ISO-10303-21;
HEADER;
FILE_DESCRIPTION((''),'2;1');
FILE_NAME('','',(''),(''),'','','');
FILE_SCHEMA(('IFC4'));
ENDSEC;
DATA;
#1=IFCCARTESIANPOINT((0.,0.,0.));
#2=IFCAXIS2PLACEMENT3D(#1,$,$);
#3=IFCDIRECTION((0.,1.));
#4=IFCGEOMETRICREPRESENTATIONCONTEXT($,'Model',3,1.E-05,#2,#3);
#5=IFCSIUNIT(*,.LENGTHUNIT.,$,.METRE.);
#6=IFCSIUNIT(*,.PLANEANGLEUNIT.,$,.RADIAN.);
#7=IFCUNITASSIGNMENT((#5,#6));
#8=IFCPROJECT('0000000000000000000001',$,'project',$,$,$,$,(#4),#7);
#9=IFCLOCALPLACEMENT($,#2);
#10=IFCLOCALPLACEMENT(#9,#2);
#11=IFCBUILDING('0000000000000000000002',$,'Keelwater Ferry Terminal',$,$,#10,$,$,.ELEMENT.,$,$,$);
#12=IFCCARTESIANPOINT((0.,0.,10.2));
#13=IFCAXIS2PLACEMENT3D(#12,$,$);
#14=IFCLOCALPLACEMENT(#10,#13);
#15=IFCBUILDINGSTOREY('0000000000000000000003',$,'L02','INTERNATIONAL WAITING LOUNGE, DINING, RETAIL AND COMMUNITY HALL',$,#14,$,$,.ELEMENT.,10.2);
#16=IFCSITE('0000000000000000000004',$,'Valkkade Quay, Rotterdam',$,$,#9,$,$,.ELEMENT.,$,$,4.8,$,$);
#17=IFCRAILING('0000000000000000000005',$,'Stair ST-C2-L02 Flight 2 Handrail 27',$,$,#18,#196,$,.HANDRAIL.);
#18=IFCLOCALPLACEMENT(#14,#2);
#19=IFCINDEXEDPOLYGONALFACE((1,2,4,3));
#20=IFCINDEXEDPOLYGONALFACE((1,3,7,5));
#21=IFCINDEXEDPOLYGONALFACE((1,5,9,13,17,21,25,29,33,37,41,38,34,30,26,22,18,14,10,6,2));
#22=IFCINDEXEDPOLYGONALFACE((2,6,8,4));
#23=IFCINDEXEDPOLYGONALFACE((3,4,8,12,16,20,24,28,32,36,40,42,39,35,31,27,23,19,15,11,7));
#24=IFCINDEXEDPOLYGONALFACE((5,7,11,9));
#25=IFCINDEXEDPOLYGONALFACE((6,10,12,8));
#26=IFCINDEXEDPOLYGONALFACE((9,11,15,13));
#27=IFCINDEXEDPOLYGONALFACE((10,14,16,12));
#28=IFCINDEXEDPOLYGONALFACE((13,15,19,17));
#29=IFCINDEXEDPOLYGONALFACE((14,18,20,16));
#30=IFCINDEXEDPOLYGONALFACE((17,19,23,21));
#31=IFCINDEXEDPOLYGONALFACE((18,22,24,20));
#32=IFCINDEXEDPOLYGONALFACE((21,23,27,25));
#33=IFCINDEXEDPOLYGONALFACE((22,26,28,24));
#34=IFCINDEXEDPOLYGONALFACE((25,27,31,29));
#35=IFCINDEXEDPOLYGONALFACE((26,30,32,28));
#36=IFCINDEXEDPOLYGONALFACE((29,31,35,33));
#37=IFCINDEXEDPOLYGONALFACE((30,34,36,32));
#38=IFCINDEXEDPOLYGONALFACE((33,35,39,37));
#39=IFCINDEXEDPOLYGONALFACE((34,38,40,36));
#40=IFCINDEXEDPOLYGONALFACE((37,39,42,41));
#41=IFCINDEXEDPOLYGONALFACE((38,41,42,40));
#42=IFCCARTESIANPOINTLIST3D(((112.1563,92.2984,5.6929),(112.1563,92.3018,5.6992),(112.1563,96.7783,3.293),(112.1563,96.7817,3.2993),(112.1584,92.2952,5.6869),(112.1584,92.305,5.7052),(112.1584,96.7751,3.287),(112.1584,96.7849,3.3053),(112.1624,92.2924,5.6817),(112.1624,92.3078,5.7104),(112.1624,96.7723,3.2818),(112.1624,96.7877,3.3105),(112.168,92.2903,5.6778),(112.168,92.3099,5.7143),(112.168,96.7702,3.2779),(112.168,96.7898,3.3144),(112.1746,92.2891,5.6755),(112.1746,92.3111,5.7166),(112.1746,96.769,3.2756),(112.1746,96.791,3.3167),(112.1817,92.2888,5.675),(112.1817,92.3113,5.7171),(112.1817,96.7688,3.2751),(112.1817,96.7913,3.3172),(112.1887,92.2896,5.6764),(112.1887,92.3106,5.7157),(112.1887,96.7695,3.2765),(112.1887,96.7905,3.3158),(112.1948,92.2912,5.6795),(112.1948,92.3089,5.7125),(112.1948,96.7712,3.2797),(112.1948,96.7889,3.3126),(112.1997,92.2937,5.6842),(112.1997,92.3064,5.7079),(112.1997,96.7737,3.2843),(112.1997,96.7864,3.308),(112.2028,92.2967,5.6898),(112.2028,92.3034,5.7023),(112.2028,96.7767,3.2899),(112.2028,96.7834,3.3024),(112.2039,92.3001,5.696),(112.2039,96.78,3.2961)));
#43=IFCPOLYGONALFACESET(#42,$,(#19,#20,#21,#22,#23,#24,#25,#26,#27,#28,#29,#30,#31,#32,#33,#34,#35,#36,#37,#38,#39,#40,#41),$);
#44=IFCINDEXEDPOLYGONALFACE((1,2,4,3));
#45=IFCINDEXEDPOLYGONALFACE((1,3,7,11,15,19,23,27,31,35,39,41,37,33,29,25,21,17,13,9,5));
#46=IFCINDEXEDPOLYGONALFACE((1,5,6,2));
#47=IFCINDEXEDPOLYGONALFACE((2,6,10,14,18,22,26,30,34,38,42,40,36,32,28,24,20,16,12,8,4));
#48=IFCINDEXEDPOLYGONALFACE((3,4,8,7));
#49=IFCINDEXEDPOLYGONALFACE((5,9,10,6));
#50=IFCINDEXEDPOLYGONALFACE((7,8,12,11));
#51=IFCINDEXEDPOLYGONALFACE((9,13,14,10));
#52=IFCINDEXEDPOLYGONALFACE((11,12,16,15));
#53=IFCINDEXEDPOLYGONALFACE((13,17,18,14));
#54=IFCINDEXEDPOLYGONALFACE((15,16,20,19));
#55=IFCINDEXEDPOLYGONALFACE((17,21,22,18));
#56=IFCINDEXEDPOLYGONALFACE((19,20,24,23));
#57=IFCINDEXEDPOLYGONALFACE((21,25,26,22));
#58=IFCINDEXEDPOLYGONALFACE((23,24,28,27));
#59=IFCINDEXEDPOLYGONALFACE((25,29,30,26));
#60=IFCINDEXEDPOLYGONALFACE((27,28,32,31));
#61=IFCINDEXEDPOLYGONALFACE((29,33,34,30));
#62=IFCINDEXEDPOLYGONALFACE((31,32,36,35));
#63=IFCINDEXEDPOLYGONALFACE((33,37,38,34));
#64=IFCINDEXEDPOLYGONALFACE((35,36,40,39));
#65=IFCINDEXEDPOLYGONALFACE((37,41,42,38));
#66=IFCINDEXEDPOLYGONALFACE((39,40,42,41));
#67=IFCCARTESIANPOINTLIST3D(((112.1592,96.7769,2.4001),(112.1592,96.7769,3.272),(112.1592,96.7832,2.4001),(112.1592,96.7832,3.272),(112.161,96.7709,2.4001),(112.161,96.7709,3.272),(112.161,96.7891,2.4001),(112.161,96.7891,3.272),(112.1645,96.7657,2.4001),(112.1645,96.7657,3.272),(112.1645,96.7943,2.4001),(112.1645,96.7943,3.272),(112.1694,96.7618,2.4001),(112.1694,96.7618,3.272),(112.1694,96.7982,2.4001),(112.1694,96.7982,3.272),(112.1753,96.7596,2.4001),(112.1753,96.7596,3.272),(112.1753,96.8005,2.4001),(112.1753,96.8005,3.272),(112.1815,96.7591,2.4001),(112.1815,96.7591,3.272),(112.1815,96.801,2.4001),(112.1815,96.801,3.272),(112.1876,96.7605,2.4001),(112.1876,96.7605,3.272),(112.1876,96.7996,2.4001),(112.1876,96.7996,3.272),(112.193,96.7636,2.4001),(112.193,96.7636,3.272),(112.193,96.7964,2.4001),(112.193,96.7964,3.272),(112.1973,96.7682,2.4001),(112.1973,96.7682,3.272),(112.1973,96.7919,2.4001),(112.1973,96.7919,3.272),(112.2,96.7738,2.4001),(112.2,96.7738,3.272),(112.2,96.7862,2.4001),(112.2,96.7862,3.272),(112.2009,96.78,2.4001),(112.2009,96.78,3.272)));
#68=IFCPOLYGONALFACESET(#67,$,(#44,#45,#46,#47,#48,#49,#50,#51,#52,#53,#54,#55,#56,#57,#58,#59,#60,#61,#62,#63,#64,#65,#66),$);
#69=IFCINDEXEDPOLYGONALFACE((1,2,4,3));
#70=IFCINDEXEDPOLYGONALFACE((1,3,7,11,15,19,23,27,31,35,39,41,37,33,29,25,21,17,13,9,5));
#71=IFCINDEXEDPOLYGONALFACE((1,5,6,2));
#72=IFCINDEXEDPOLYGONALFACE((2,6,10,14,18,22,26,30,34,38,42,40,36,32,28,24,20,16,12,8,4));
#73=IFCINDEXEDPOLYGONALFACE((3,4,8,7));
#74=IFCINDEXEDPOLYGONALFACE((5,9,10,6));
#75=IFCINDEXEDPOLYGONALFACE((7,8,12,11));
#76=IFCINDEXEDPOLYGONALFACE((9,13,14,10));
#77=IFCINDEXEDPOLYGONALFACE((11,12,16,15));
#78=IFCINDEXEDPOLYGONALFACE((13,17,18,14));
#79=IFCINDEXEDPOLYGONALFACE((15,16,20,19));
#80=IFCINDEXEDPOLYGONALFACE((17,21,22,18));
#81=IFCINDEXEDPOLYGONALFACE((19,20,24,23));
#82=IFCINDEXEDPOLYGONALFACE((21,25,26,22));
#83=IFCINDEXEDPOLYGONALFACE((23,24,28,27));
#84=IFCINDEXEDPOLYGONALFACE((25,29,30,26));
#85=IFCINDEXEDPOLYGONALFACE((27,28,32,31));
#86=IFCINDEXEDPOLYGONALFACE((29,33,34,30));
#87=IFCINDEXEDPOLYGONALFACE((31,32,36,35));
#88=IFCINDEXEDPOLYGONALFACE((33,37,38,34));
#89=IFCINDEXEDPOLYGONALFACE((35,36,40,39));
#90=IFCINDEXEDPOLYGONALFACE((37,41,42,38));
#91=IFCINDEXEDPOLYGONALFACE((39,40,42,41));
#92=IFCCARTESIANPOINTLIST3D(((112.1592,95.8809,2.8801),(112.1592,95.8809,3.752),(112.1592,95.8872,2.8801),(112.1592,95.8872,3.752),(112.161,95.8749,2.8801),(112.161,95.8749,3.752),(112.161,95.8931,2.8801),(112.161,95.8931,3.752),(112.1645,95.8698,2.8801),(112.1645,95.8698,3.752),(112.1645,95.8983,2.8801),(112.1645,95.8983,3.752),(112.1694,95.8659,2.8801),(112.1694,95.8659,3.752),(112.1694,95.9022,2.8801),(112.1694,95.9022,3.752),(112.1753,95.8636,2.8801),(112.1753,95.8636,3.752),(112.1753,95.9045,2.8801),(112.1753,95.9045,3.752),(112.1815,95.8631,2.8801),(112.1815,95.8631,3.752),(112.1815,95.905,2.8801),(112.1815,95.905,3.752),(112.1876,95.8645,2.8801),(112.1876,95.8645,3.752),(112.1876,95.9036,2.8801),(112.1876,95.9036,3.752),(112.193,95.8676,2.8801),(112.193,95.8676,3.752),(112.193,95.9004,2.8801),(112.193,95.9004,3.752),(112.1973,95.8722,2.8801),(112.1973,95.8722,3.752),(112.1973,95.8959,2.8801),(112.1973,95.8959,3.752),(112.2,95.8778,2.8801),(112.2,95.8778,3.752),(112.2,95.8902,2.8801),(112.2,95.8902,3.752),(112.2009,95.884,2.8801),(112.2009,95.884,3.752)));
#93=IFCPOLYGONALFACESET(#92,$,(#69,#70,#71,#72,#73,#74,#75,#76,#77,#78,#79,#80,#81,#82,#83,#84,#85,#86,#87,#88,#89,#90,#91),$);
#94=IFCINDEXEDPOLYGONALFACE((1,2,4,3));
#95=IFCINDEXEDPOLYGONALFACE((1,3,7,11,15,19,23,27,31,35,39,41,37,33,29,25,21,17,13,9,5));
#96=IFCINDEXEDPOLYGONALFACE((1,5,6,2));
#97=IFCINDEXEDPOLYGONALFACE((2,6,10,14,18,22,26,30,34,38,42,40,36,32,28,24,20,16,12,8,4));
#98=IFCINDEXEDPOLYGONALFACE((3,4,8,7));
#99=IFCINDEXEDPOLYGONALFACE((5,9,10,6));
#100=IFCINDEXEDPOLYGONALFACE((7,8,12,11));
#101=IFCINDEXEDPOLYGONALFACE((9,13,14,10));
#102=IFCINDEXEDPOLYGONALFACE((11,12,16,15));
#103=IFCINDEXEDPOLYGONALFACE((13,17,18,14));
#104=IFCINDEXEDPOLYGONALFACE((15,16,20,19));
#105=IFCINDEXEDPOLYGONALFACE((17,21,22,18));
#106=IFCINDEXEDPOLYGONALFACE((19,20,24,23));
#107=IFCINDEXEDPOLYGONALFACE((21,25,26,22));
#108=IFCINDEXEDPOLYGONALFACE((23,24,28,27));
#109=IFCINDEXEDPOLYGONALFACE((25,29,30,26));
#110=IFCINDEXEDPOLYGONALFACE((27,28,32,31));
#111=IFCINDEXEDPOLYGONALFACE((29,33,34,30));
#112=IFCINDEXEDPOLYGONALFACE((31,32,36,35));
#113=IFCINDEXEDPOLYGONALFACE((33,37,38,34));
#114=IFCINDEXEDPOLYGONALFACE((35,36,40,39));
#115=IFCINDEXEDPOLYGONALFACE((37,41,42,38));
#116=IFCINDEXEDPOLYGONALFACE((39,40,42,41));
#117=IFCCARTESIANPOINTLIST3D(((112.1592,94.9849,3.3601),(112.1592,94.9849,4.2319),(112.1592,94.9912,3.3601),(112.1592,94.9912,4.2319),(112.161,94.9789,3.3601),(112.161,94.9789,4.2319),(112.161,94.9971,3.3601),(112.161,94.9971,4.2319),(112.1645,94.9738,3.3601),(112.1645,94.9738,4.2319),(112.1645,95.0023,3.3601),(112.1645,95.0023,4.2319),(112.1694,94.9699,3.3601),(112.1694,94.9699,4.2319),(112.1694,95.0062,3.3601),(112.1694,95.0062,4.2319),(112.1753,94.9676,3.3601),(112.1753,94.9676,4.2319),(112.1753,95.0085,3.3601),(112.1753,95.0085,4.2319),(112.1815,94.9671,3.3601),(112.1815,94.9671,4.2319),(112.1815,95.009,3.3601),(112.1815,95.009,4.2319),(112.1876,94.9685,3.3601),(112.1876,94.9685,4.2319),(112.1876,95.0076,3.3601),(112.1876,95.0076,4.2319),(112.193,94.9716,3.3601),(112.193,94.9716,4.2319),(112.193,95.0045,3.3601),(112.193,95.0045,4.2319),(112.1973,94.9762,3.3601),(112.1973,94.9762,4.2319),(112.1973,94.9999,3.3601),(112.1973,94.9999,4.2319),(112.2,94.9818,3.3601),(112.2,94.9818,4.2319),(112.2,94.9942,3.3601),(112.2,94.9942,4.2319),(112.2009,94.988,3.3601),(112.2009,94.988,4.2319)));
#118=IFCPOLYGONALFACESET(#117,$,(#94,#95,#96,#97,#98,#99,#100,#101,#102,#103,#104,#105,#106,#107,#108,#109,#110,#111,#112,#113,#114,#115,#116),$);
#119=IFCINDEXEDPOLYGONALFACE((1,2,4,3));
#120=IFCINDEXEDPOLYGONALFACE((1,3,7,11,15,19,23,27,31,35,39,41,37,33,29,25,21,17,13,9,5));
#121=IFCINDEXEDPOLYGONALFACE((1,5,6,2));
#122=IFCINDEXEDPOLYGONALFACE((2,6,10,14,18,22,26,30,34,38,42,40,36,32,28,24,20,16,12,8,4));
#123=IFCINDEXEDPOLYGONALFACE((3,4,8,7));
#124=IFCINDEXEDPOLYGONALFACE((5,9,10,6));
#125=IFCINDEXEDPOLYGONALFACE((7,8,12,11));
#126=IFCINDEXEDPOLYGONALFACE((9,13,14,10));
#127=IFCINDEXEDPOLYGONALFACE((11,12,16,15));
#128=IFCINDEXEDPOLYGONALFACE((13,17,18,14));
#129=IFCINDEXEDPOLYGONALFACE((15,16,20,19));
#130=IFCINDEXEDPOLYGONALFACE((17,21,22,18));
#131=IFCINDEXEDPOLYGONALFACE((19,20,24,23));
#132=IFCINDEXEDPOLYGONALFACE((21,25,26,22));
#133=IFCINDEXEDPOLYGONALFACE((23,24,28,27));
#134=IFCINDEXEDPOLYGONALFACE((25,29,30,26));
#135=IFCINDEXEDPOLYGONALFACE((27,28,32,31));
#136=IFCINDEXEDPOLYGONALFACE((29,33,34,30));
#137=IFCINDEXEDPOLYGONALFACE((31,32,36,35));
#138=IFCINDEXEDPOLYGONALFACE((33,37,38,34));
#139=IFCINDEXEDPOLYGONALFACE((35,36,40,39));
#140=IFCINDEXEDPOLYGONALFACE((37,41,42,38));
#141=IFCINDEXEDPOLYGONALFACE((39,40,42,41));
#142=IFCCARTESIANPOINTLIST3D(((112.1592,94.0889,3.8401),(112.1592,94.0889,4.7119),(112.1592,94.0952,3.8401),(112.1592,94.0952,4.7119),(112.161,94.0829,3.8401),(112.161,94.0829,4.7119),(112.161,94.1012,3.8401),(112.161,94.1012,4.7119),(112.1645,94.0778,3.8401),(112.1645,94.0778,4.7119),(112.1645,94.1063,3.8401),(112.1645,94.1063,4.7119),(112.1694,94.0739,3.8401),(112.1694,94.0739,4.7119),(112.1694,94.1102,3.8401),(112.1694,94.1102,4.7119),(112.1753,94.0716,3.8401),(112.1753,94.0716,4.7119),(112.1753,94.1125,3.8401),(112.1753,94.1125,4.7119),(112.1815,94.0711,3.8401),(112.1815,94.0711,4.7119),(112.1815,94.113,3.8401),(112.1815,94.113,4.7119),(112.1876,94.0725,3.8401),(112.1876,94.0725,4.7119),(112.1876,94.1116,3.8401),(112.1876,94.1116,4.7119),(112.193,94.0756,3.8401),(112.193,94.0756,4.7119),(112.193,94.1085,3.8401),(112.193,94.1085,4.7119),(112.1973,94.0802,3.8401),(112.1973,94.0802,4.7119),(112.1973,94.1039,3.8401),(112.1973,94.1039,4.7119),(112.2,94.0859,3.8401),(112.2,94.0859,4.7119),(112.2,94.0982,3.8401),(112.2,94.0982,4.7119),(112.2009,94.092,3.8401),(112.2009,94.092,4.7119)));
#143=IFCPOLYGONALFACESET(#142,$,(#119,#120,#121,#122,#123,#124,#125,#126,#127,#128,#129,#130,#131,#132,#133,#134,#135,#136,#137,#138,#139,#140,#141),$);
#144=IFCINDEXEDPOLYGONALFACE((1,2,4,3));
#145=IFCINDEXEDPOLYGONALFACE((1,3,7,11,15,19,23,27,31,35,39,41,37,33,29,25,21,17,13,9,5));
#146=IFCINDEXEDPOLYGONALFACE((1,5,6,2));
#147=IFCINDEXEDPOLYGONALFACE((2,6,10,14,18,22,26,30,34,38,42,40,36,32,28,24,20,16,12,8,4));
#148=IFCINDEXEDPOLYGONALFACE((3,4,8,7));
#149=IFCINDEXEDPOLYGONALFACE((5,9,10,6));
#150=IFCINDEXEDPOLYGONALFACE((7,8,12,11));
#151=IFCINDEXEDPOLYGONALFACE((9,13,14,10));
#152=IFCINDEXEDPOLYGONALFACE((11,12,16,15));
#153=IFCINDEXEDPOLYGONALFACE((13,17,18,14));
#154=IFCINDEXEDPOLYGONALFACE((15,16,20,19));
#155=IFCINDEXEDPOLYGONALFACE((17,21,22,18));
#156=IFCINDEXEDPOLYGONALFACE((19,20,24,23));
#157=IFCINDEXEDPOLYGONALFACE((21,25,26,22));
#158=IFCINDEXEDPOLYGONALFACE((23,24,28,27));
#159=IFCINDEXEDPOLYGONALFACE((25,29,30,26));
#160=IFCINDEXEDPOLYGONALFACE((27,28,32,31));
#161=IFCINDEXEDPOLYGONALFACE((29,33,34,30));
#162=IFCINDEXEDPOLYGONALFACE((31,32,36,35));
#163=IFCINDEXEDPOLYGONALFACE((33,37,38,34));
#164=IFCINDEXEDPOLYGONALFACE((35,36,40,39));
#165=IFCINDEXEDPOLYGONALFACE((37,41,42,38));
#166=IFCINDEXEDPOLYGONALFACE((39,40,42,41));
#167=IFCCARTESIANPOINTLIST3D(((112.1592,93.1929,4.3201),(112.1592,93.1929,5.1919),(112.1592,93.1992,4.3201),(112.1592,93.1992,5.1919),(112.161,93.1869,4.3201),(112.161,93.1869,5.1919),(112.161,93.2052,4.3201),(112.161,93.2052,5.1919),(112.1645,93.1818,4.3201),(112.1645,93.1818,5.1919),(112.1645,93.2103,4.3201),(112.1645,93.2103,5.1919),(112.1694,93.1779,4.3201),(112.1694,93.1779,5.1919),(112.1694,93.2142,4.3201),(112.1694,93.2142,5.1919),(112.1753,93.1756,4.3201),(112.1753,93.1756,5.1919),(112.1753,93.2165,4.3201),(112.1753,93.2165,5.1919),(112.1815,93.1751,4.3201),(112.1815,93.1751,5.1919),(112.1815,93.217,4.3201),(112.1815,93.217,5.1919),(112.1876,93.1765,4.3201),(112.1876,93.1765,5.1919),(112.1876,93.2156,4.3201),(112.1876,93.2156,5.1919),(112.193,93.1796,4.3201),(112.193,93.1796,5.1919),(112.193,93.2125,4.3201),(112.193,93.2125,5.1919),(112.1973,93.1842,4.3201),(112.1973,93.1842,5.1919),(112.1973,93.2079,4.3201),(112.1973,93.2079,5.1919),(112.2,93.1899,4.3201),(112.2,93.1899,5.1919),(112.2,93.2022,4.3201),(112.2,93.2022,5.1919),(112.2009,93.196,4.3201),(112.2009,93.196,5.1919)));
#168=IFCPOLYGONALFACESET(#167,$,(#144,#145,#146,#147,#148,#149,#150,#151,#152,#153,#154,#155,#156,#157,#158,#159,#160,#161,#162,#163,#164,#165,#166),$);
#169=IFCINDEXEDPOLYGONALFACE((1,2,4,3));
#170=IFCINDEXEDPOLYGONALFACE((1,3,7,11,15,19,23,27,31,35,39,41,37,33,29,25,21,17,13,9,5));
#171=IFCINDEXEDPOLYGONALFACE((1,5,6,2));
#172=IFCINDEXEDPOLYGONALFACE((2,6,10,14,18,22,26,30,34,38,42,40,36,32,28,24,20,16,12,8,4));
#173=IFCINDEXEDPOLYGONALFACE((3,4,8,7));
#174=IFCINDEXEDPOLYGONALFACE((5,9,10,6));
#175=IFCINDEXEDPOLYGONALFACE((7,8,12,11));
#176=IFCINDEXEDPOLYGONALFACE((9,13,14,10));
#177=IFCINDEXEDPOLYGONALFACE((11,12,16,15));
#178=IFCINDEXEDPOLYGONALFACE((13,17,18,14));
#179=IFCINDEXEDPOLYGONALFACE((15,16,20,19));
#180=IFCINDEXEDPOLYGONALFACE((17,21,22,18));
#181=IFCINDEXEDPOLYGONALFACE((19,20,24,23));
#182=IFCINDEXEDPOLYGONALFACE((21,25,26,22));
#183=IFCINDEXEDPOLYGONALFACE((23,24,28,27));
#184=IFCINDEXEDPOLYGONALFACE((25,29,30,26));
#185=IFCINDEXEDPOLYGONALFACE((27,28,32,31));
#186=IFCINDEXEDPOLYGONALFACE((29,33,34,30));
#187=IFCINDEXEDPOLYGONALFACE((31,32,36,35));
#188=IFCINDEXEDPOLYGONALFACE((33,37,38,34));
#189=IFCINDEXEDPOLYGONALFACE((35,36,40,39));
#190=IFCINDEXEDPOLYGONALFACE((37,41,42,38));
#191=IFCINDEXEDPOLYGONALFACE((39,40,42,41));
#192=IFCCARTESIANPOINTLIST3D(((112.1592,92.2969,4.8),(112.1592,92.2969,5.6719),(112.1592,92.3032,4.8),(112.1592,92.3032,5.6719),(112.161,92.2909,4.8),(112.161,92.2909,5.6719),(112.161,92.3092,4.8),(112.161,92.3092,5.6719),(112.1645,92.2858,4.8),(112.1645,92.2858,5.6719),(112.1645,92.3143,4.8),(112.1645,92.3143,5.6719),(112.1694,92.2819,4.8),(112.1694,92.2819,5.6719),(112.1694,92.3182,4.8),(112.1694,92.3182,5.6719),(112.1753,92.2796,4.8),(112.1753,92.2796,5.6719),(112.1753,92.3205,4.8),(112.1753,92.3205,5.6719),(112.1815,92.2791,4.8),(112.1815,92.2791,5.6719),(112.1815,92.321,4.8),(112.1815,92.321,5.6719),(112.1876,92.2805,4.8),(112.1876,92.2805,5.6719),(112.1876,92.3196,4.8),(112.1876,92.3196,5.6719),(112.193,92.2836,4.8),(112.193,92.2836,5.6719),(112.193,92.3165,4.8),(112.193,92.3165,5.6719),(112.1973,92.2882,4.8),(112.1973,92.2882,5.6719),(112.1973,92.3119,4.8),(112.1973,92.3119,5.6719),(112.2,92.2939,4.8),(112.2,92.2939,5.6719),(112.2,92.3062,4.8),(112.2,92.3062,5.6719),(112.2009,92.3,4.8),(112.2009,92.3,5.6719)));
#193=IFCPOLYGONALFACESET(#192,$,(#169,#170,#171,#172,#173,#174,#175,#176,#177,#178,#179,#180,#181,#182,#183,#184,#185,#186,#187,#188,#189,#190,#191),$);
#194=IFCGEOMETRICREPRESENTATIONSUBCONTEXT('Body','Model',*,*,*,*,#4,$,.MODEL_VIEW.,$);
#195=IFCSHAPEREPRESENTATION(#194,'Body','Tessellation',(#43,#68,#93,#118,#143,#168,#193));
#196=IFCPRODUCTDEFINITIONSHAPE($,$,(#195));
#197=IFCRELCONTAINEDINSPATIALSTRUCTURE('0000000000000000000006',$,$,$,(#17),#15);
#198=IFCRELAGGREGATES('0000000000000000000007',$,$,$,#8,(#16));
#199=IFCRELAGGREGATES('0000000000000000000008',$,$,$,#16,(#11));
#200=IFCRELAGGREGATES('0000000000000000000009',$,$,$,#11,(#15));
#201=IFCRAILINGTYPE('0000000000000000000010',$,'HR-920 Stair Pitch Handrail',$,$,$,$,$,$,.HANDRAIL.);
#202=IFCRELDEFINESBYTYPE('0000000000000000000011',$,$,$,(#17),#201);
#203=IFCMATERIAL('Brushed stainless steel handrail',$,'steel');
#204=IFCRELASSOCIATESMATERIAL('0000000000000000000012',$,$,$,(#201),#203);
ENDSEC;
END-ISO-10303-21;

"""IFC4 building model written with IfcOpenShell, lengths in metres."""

from ifc_helpers import new_model, si_unit, direction, frame, origin, origin_2d, place, context, subcontext, project, spatial, circle, extrude, material, type_object, element, save


model = new_model("IFC4")

# Units and contexts
model_context = context("Model", 3, precision=1e-05, world=origin(), true_north=direction((0.0, 1.0)))
body_context = subcontext(model_context, "Body", "Model", "MODEL_VIEW")
ifc_project = project(units=[si_unit("LENGTHUNIT", "METRE"), si_unit("PLANEANGLEUNIT", "RADIAN")], contexts=[model_context])

# Site, building, storey
site_placement = place(None, origin())
site = spatial("IfcSite", under=ifc_project, at=site_placement, Name="Valkkade Quay, Rotterdam", CompositionType="ELEMENT", RefElevation=4.8)
building_placement = place(site_placement, origin())
building = spatial("IfcBuilding", under=site, at=building_placement, Name="Keelwater Ferry Terminal", CompositionType="ELEMENT")
storey_placement = place(building_placement, frame((0.0, 0.0, 10.2)))
storey = spatial("IfcBuildingStorey", under=building, at=storey_placement, Name="L02", Description="INTERNATIONAL WAITING LOUNGE, DINING, RETAIL AND COMMUNITY HALL", CompositionType="ELEMENT", Elevation=10.2)

# Railing
ifc_material_1 = material(Name="Brushed stainless steel handrail", Category="steel")
railing_type_1 = type_object("IfcRailingType", Name="HR-920 Stair Pitch Handrail", PredefinedType="HANDRAIL", material=ifc_material_1)
railing_1_placement = place(storey_placement, frame((112.1799, 96.78, 2.4001)))
element("IfcRailing", 1, at=railing_1_placement, inside=storey, type_object=railing_type_1, Name="Stair ST-C2-L02 Flight 2 Handrail 27", PredefinedType="HANDRAIL", context=body_context, shape_type="SweptSolid", body=[
    extrude(circle(Radius=0.0239, at=origin_2d()), frame((0.0, 0.0, 0.896), z_axis=(0.0, -0.881487, 0.472208), x_axis=(1.0, 0.0, 0.0)), (0.0, 0.0, 1.0), 5.0823),
    extrude(circle(Radius=0.021, at=origin_2d()), origin(), (0.0, 0.0, 1.0), 0.8718),
    extrude(circle(Radius=0.021, at=origin_2d()), frame((0.0, -0.896, 0.48)), (0.0, 0.0, 1.0), 0.8718),
    extrude(circle(Radius=0.021, at=origin_2d()), frame((0.0, -1.792, 0.96)), (0.0, 0.0, 1.0), 0.8718),
    extrude(circle(Radius=0.021, at=origin_2d()), frame((0.0, -2.688, 1.4399)), (0.0, 0.0, 1.0), 0.8718),
    extrude(circle(Radius=0.021, at=origin_2d()), frame((0.0, -3.584, 1.9199)), (0.0, 0.0, 1.0), 0.8718),
    extrude(circle(Radius=0.021, at=origin_2d()), frame((0.0, -4.48, 2.3999)), (0.0, 0.0, 1.0), 0.8718),
])

save(model, "model.ifc")
